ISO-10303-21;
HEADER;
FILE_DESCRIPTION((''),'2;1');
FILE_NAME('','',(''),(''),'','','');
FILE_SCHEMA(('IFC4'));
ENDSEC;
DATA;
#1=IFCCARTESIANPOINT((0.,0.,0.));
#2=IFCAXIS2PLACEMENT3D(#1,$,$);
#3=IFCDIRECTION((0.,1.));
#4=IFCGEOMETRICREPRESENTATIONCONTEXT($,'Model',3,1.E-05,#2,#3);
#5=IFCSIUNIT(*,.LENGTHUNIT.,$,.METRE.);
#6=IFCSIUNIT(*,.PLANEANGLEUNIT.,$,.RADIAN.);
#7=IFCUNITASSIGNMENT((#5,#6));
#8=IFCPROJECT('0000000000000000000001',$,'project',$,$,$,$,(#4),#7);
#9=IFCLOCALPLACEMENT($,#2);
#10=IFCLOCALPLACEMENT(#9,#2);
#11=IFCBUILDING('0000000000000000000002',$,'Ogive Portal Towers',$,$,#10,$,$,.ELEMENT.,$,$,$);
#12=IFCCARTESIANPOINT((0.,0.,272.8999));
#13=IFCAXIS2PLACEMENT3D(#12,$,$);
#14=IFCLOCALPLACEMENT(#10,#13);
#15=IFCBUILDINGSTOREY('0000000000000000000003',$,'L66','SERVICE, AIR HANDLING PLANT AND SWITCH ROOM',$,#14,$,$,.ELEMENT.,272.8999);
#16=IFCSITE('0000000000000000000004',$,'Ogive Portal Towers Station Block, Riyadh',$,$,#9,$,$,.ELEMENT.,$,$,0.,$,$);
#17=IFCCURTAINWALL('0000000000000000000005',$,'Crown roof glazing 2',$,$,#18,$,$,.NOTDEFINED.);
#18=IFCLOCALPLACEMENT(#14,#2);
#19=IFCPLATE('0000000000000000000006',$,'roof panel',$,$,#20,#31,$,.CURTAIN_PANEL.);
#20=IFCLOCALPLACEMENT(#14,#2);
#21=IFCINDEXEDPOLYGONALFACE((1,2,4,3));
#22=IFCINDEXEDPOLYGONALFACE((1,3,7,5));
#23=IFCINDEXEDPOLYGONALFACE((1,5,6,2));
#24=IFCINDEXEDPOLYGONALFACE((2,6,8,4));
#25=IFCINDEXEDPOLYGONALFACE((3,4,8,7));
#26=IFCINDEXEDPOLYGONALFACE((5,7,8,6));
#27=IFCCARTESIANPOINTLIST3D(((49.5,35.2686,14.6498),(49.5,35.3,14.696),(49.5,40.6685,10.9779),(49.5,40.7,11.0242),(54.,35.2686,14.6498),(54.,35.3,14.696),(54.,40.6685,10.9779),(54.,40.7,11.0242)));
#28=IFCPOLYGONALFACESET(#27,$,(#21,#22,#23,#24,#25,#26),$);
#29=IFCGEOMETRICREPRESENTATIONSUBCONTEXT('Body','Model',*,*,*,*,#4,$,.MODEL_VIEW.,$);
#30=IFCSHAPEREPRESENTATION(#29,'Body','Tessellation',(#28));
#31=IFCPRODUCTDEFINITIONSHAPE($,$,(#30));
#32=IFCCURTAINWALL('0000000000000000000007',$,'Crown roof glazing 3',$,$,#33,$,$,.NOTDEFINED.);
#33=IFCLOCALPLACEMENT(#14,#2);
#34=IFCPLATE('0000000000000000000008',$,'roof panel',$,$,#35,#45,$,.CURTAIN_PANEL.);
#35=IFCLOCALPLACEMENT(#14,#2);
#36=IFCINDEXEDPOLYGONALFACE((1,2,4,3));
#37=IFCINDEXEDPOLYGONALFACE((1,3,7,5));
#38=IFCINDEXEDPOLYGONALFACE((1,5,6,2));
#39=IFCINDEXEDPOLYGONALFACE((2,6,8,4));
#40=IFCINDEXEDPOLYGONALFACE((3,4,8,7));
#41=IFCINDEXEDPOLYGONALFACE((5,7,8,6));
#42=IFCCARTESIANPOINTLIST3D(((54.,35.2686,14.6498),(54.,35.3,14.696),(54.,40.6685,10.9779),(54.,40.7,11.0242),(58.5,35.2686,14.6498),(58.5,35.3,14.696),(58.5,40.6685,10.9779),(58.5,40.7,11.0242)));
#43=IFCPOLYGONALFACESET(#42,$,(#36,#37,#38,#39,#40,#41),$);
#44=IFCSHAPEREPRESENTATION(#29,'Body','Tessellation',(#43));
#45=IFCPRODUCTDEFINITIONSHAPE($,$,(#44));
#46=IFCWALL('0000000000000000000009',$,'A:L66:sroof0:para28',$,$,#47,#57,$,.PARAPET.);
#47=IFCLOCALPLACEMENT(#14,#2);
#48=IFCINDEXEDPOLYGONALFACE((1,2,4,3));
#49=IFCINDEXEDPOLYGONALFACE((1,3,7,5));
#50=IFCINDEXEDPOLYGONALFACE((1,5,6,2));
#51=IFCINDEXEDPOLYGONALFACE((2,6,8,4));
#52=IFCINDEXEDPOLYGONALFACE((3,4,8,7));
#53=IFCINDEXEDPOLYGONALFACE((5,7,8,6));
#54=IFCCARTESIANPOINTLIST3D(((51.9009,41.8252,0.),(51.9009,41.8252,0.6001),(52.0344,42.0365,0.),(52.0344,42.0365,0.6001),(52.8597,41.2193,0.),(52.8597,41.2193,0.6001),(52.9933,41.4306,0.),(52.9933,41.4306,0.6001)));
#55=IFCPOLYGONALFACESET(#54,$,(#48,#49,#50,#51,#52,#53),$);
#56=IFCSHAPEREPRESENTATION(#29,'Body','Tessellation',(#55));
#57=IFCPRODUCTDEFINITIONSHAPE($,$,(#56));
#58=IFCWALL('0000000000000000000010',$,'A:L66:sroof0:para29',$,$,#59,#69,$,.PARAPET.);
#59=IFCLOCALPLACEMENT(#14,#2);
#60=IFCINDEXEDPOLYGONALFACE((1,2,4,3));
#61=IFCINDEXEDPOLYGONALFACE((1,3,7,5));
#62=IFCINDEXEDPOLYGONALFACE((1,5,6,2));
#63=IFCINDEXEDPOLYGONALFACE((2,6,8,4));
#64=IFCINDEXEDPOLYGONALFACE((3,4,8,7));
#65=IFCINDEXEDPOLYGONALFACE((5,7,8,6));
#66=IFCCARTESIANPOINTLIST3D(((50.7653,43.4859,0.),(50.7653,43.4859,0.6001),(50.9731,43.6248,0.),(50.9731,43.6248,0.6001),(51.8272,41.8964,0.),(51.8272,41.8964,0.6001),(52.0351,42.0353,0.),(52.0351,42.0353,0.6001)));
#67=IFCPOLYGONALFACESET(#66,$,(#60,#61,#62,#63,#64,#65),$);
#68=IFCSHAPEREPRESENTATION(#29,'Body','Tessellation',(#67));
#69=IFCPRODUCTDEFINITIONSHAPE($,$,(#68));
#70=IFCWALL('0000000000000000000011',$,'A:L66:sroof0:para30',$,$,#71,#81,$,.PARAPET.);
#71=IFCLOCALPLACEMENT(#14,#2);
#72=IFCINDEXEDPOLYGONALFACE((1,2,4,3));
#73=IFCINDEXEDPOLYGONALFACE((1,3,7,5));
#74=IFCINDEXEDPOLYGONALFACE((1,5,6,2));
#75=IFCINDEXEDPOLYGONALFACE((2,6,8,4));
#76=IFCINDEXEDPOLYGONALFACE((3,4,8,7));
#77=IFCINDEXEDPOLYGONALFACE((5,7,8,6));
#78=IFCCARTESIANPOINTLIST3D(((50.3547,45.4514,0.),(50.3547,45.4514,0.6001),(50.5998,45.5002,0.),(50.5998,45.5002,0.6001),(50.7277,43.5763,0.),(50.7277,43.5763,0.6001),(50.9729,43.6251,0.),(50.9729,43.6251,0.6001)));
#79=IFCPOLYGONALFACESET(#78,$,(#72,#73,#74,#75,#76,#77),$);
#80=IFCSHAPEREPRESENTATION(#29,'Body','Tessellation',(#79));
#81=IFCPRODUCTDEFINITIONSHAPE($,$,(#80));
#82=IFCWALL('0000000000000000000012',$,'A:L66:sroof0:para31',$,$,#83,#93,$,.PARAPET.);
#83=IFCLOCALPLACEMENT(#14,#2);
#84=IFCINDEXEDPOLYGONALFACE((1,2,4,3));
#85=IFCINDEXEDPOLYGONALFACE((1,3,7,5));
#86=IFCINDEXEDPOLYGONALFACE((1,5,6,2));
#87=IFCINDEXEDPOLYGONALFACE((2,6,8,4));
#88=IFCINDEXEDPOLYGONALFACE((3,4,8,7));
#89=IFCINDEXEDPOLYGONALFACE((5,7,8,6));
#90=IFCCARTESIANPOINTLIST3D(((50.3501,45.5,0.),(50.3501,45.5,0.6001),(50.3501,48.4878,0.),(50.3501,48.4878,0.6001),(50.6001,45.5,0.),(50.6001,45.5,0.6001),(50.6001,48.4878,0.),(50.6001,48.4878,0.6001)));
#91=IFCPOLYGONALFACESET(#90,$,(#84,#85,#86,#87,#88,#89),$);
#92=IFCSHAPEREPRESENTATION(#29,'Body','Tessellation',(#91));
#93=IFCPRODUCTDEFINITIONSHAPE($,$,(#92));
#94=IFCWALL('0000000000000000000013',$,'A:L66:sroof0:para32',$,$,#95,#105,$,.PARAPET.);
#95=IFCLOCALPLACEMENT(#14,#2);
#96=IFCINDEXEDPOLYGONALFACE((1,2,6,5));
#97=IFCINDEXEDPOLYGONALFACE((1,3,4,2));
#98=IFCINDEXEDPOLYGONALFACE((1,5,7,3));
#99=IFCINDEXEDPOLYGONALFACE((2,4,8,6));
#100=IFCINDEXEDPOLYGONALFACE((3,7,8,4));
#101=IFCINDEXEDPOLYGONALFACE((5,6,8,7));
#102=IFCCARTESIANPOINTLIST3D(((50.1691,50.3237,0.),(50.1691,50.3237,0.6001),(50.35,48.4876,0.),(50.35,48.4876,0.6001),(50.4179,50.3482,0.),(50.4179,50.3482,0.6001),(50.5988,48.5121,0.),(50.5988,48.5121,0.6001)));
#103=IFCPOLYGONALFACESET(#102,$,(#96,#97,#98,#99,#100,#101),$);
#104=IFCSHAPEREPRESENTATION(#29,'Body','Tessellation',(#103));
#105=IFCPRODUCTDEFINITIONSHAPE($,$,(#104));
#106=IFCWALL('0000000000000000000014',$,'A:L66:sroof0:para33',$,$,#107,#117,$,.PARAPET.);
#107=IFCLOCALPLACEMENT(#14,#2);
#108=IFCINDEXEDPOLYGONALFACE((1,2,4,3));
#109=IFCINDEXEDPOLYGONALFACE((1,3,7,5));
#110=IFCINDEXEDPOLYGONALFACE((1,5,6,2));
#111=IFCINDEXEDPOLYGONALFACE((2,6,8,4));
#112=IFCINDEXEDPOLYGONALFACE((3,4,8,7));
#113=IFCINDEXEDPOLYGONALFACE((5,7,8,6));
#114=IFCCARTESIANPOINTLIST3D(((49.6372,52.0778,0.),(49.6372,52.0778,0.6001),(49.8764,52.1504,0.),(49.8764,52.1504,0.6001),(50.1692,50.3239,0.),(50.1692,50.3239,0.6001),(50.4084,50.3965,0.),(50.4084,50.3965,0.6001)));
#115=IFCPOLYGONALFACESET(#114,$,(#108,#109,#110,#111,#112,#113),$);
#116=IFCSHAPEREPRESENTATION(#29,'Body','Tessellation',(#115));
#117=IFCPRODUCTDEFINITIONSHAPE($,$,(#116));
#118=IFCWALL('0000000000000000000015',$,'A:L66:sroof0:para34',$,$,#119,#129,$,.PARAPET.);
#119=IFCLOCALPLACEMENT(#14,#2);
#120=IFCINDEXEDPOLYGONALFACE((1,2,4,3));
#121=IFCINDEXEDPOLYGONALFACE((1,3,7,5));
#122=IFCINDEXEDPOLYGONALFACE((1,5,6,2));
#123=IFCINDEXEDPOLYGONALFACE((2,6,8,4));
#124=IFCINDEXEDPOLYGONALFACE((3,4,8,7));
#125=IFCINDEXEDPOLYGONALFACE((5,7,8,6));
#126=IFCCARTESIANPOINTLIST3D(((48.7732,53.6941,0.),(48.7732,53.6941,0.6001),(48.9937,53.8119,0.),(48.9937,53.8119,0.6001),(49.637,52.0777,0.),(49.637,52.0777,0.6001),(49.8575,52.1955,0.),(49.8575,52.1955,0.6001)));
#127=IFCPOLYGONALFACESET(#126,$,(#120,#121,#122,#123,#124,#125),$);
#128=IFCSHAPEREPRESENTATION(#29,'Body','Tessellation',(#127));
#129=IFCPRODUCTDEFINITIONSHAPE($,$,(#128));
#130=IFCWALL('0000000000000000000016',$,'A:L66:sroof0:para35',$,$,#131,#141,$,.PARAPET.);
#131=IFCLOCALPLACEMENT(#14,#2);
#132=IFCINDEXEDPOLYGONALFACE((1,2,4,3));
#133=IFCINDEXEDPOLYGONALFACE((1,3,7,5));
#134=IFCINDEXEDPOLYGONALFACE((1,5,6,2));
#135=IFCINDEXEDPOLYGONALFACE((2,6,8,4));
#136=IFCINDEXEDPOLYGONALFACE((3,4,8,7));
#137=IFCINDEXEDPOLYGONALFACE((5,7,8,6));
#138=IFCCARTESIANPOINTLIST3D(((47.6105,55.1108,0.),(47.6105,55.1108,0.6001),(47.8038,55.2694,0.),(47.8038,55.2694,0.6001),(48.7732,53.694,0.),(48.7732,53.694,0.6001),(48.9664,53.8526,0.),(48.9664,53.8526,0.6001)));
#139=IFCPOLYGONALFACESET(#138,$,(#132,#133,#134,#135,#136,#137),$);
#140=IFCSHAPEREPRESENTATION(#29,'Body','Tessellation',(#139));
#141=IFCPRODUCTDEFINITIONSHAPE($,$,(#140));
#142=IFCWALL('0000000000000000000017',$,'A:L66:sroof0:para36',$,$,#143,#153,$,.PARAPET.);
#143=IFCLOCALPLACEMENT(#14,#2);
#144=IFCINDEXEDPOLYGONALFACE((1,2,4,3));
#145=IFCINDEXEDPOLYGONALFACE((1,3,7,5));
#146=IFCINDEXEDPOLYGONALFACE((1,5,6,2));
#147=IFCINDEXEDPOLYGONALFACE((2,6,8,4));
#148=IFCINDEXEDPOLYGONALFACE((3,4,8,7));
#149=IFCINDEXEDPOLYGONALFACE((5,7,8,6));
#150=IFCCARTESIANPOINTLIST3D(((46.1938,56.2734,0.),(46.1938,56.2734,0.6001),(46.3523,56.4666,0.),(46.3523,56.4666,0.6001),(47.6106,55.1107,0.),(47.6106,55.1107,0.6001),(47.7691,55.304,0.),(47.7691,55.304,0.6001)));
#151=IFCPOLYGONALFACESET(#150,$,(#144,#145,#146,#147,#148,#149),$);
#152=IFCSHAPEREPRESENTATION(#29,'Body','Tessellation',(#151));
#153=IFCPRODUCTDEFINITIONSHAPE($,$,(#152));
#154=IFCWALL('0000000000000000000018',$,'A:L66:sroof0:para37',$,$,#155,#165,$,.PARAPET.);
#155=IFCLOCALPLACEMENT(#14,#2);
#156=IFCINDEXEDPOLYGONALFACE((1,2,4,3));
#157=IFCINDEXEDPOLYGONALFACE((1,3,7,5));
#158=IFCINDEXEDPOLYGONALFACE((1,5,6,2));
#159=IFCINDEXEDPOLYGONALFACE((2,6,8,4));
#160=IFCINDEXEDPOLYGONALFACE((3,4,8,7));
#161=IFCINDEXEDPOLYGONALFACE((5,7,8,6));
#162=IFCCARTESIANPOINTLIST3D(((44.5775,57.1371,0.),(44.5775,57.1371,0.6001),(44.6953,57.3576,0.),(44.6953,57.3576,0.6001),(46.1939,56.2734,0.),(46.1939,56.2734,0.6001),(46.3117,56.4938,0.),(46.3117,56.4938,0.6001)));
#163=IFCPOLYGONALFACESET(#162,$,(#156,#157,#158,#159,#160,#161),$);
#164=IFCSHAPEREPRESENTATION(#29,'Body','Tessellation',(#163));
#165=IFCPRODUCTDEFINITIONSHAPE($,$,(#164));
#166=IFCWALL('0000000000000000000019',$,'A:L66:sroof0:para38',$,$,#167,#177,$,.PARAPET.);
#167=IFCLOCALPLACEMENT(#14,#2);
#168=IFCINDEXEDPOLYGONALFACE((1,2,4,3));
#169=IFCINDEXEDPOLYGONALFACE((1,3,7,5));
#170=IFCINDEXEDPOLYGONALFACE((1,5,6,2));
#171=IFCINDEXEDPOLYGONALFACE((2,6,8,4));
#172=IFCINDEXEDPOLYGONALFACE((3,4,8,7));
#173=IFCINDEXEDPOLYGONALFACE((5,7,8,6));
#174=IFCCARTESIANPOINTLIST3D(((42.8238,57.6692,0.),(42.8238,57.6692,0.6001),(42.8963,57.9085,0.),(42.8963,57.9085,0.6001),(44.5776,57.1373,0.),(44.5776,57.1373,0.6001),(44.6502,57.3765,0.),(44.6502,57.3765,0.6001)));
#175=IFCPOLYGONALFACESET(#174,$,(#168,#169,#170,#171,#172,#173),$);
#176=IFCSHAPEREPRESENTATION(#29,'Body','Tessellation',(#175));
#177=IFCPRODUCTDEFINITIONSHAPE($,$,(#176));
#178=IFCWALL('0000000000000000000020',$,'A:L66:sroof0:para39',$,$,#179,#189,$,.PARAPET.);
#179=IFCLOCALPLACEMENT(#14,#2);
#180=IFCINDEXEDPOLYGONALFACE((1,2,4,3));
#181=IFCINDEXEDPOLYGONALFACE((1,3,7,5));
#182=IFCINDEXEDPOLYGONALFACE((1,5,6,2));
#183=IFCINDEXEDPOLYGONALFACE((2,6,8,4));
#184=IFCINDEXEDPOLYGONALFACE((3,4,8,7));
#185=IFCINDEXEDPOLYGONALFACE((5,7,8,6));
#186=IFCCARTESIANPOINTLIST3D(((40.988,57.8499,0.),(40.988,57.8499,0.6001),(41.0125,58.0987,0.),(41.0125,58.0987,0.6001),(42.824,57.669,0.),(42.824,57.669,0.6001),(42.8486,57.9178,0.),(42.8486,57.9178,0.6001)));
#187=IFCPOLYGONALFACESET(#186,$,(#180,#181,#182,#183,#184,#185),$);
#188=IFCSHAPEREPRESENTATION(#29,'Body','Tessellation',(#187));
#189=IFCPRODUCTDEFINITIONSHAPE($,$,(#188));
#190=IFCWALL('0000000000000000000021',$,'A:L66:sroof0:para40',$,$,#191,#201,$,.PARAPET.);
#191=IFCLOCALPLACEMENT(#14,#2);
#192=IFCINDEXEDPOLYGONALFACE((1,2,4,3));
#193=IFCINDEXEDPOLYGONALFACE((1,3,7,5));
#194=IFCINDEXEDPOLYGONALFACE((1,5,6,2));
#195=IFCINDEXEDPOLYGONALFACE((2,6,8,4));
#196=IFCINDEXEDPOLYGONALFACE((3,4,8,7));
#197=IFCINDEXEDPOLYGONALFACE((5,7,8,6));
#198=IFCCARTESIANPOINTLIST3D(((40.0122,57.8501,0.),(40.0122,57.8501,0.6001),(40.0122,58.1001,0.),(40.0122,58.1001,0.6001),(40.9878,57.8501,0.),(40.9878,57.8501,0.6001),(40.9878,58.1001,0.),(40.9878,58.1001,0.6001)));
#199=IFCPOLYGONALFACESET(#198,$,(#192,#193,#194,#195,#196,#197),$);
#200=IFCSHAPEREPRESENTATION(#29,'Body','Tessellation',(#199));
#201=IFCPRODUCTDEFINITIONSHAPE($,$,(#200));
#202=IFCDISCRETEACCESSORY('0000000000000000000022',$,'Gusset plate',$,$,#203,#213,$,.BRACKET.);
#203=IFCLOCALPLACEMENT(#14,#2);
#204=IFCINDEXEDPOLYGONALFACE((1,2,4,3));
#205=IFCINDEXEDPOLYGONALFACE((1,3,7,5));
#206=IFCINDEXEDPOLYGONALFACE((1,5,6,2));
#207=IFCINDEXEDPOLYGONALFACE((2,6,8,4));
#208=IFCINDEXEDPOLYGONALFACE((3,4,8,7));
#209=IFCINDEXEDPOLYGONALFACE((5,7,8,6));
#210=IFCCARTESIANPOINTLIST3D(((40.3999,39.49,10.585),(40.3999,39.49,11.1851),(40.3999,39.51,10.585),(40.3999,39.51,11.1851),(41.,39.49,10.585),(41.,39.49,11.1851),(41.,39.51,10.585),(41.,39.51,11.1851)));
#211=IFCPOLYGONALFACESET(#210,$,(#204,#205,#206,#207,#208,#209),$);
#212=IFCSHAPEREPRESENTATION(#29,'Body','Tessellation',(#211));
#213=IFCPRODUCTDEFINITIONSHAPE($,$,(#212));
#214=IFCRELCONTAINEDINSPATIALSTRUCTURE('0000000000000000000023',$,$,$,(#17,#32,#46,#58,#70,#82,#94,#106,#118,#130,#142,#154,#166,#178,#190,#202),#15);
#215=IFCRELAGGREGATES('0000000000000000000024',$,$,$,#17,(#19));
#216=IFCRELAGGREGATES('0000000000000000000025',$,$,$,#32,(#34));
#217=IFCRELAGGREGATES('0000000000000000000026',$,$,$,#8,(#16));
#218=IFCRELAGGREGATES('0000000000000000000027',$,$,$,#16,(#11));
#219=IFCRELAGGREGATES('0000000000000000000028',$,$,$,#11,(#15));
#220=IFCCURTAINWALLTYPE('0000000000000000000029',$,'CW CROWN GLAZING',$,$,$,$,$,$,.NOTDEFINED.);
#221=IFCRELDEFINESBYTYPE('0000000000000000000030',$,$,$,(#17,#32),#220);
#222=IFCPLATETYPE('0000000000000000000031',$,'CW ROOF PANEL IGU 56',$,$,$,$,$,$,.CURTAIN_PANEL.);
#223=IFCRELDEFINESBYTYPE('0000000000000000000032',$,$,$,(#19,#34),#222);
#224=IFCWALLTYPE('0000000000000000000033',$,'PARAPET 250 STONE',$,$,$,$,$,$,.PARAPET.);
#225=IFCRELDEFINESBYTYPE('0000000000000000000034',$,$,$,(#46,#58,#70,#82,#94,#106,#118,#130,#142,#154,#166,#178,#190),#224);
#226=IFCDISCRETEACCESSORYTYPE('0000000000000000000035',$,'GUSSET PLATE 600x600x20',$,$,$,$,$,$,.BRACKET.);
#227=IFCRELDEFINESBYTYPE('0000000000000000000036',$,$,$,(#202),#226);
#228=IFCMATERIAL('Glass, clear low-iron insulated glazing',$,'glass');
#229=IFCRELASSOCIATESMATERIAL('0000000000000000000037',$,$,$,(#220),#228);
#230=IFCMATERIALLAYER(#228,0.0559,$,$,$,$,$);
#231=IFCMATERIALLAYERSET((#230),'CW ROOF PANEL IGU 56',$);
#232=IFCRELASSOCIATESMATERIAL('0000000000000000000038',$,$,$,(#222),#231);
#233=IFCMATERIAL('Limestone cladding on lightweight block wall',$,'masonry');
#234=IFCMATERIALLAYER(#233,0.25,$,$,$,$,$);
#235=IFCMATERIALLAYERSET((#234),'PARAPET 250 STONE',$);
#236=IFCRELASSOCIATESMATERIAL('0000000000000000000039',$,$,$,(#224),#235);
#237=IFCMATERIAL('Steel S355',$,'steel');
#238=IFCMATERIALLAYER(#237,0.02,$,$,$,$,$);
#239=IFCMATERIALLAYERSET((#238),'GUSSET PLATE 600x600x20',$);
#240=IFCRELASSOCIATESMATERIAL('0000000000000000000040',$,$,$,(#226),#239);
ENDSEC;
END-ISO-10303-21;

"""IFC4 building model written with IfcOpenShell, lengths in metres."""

from ifc_helpers import new_model, si_unit, direction, frame, frame_2d, origin, origin_2d, place, context, subcontext, project, spatial, polyline, rectangle, outline, extrude, material, layer, layer_set, type_object, element, aggregate, save


model = new_model("IFC4")

# Units and contexts
model_context = context("Model", 3, precision=1e-05, world=origin(), true_north=direction((0.0, 1.0)))
body_context = subcontext(model_context, "Body", "Model", "MODEL_VIEW")
ifc_project = project(units=[si_unit("LENGTHUNIT", "METRE"), si_unit("PLANEANGLEUNIT", "RADIAN")], contexts=[model_context])

# Site, building, storey
site_placement = place(None, origin())
site = spatial("IfcSite", under=ifc_project, at=site_placement, Name="Ogive Portal Towers Station Block, Riyadh", CompositionType="ELEMENT", RefElevation=0.0)
building_placement = place(site_placement, origin())
building = spatial("IfcBuilding", under=site, at=building_placement, Name="Ogive Portal Towers", CompositionType="ELEMENT")
storey_placement = place(building_placement, frame((0.0, 0.0, 272.8999)))
storey = spatial("IfcBuildingStorey", under=building, at=storey_placement, Name="L66", Description="SERVICE, AIR HANDLING PLANT AND SWITCH ROOM", CompositionType="ELEMENT", Elevation=272.8999)

# Shared definitions
ifc_material_1 = material(Name="Steel S355", Category="steel")

# Shared definitions
ifc_material_2 = material(Name="Glass, clear low-iron insulated glazing", Category="glass")
curtain_wall_type = type_object("IfcCurtainWallType", Name="CW CROWN GLAZING", PredefinedType="NOTDEFINED", material=ifc_material_2)

# Curtain wall, plate
curtain_wall_1_placement = place(storey_placement, origin())
curtain_wall_1 = element("IfcCurtainWall", 1, at=curtain_wall_1_placement, inside=storey, type_object=curtain_wall_type, Name="Crown roof glazing 2", PredefinedType="NOTDEFINED")
ifc_layer_1 = layer(ifc_material_2, 0.0559)
ifc_layer_set_1 = layer_set([ifc_layer_1], Name="CW ROOF PANEL IGU 56")
plate_type_1 = type_object("IfcPlateType", Name="CW ROOF PANEL IGU 56", PredefinedType="CURTAIN_PANEL", material=ifc_layer_set_1)
plate_1_placement = place(storey_placement, frame((49.5, 40.7, 11.0242), z_axis=(0.0, 0.562304, 0.826931), x_axis=(0.0, -0.826931, 0.562304)))
plate_1 = element("IfcPlate", 2, at=plate_1_placement, type_object=plate_type_1, Name="roof panel", PredefinedType="CURTAIN_PANEL", context=body_context, shape_type="SweptSolid", body=[
    extrude(outline(polyline([(0.0, 0.0), (6.5301, 0.0), (6.5301, 4.5), (0.0, 4.5), (0.0, 0.0)])), origin(), (0.0, 0.0, -1.0), 0.0559),
])
aggregate(curtain_wall_1, [plate_1])

# Curtain wall, plate
curtain_wall_2_placement = place(storey_placement, origin())
curtain_wall_2 = element("IfcCurtainWall", 3, at=curtain_wall_2_placement, inside=storey, type_object=curtain_wall_type, Name="Crown roof glazing 3", PredefinedType="NOTDEFINED")
plate_2_placement = place(storey_placement, frame((54.0, 40.7, 11.0242), z_axis=(0.0, 0.562304, 0.826931), x_axis=(0.0, -0.826931, 0.562304)))
plate_2 = element("IfcPlate", 4, at=plate_2_placement, type_object=plate_type_1, Name="roof panel", PredefinedType="CURTAIN_PANEL", context=body_context, shape_type="SweptSolid", body=[
    extrude(outline(polyline([(0.0, 0.0), (6.5301, 0.0), (6.5301, 4.5), (0.0, 4.5), (0.0, 0.0)])), origin(), (0.0, 0.0, -1.0), 0.0559),
])
aggregate(curtain_wall_2, [plate_2])

# Walls
ifc_material_3 = material(Name="Limestone cladding on lightweight block wall", Category="masonry")
ifc_layer_2 = layer(ifc_material_3, 0.25)
ifc_layer_set_2 = layer_set([ifc_layer_2], Name="PARAPET 250 STONE")
wall_type = type_object("IfcWallType", Name="PARAPET 250 STONE", PredefinedType="PARAPET", material=ifc_layer_set_2)
wall_1_placement = place(storey_placement, frame((52.9265, 41.325, 0.0), z_axis=(0.0, 0.0, 1.0), x_axis=(-0.845376, 0.534171, 0.0)))
element("IfcWall", 5, at=wall_1_placement, inside=storey, type_object=wall_type, Name="A:L66:sroof0:para28", PredefinedType="PARAPET", context=body_context, shape_type="SweptSolid", body=[
    extrude(rectangle(XDim=1.1343, YDim=0.25, at=frame_2d((0.5671, 0.0))), origin(), (0.0, 0.0, 1.0), 0.6001),
])
wall_2_placement = place(storey_placement, frame((51.9312, 41.9658, 0.0), z_axis=(0.0, 0.0, 1.0), x_axis=(-0.555525, 0.8315, 0.0)))
element("IfcWall", 6, at=wall_2_placement, inside=storey, type_object=wall_type, Name="A:L66:sroof0:para29", PredefinedType="PARAPET", context=body_context, shape_type="SweptSolid", body=[
    extrude(rectangle(XDim=1.9116, YDim=0.25, at=frame_2d((0.9558, 0.0))), origin(), (0.0, 0.0, 1.0), 0.6001),
])
wall_3_placement = place(storey_placement, frame((50.8503, 43.6006, 0.0), z_axis=(0.0, 0.0, 1.0), x_axis=(-0.195134, 0.980777, 0.0)))
element("IfcWall", 7, at=wall_3_placement, inside=storey, type_object=wall_type, Name="A:L66:sroof0:para30", PredefinedType="PARAPET", context=body_context, shape_type="SweptSolid", body=[
    extrude(rectangle(XDim=1.9119, YDim=0.25, at=frame_2d((0.9561, 0.0))), origin(), (0.0, 0.0, 1.0), 0.6001),
])
wall_4_placement = place(storey_placement, frame((50.4751, 45.5, 0.0), z_axis=(0.0, 0.0, 1.0), x_axis=(0.0, 1.0, 0.0)))
element("IfcWall", 8, at=wall_4_placement, inside=storey, type_object=wall_type, Name="A:L66:sroof0:para31", PredefinedType="PARAPET", context=body_context, shape_type="SweptSolid", body=[
    extrude(rectangle(XDim=2.9878, YDim=0.25, at=frame_2d((1.4939, 0.0))), origin(), (0.0, 0.0, 1.0), 0.6001),
])
wall_5_placement = place(storey_placement, frame((50.4744, 48.5, 0.0), z_axis=(0.0, 0.0, 1.0), x_axis=(-0.098049, 0.995182, 0.0)))
element("IfcWall", 9, at=wall_5_placement, inside=storey, type_object=wall_type, Name="A:L66:sroof0:para32", PredefinedType="PARAPET", context=body_context, shape_type="SweptSolid", body=[
    extrude(rectangle(XDim=1.845, YDim=0.25, at=frame_2d((0.9224, 0.0))), origin(), (0.0, 0.0, 1.0), 0.6001),
])
for number, where, z_axis, x_axis, name in (
    (10, (50.2888, 50.3601, 0.0), (0.0, 0.0, 1.0), (-0.290255, 0.956949, 0.0), "A:L66:sroof0:para33"),
    (11, (49.7473, 52.1365, 0.0), (0.0, 0.0, 1.0), (-0.471293, 0.881977, 0.0), "A:L66:sroof0:para34"),
    (12, (48.8699, 53.7732, 0.0), (0.0, 0.0, 1.0), (-0.634362, 0.773037, 0.0), "A:L66:sroof0:para35"),
    (13, (47.6899, 55.2073, 0.0), (0.0, 0.0, 1.0), (-0.773037, 0.634362, 0.0), "A:L66:sroof0:para36"),
    (14, (46.2529, 56.3835, 0.0), (0.0, 0.0, 1.0), (-0.881977, 0.471293, 0.0), "A:L66:sroof0:para37"),
    (15, (44.614, 57.2568, 0.0), (0.0, 0.0, 1.0), (-0.956949, 0.290255, 0.0), "A:L66:sroof0:para38"),
):
    element("IfcWall", number, at=place(storey_placement, frame(where, z_axis=z_axis, x_axis=x_axis)), inside=storey, type_object=wall_type, Name=name, PredefinedType="PARAPET", context=body_context, shape_type="SweptSolid", body=[
        extrude(rectangle(XDim=1.8328, YDim=0.25, at=frame_2d((0.9165, 0.0))), origin(), (0.0, 0.0, 1.0), 0.6001),
    ])
wall_6_placement = place(storey_placement, frame((42.8362, 57.7935, 0.0), z_axis=(0.0, 0.0, 1.0), x_axis=(-0.995182, 0.098049, 0.0)))
element("IfcWall", 16, at=wall_6_placement, inside=storey, type_object=wall_type, Name="A:L66:sroof0:para39", PredefinedType="PARAPET", context=body_context, shape_type="SweptSolid", body=[
    extrude(rectangle(XDim=1.845, YDim=0.25, at=frame_2d((0.9224, 0.0))), origin(), (0.0, 0.0, 1.0), 0.6001),
])
wall_7_placement = place(storey_placement, frame((40.9878, 57.9751, 0.0), z_axis=(0.0, 0.0, 1.0), x_axis=(-1.0, 0.0, 0.0)))
element("IfcWall", 17, at=wall_7_placement, inside=storey, type_object=wall_type, Name="A:L66:sroof0:para40", PredefinedType="PARAPET", context=body_context, shape_type="SweptSolid", body=[
    extrude(rectangle(XDim=0.9756, YDim=0.25, at=frame_2d((0.4878, 0.0))), origin(), (0.0, 0.0, 1.0), 0.6001),
])

# Discrete accessory
ifc_layer_3 = layer(ifc_material_1, 0.02)
ifc_layer_set_3 = layer_set([ifc_layer_3], Name="GUSSET PLATE 600x600x20")
discrete_accessory_type = type_object("IfcDiscreteAccessoryType", Name="GUSSET PLATE 600x600x20", PredefinedType="BRACKET", material=ifc_layer_set_3)
for number, where, z_axis, x_axis, name in (
    (18, (40.7, 39.5, 10.585), (0.0, 0.0, 1.0), (1.0, 0.0, 0.0), "Gusset plate"),
):
    element("IfcDiscreteAccessory", number, at=place(storey_placement, frame(where, z_axis=z_axis, x_axis=x_axis)), inside=storey, type_object=discrete_accessory_type, Name=name, PredefinedType="BRACKET", context=body_context, shape_type="SweptSolid", body=[
        extrude(rectangle(XDim=0.6001, YDim=0.02, at=origin_2d()), origin(), (0.0, 0.0, 1.0), 0.6001),
    ])

save(model, "model.ifc")
